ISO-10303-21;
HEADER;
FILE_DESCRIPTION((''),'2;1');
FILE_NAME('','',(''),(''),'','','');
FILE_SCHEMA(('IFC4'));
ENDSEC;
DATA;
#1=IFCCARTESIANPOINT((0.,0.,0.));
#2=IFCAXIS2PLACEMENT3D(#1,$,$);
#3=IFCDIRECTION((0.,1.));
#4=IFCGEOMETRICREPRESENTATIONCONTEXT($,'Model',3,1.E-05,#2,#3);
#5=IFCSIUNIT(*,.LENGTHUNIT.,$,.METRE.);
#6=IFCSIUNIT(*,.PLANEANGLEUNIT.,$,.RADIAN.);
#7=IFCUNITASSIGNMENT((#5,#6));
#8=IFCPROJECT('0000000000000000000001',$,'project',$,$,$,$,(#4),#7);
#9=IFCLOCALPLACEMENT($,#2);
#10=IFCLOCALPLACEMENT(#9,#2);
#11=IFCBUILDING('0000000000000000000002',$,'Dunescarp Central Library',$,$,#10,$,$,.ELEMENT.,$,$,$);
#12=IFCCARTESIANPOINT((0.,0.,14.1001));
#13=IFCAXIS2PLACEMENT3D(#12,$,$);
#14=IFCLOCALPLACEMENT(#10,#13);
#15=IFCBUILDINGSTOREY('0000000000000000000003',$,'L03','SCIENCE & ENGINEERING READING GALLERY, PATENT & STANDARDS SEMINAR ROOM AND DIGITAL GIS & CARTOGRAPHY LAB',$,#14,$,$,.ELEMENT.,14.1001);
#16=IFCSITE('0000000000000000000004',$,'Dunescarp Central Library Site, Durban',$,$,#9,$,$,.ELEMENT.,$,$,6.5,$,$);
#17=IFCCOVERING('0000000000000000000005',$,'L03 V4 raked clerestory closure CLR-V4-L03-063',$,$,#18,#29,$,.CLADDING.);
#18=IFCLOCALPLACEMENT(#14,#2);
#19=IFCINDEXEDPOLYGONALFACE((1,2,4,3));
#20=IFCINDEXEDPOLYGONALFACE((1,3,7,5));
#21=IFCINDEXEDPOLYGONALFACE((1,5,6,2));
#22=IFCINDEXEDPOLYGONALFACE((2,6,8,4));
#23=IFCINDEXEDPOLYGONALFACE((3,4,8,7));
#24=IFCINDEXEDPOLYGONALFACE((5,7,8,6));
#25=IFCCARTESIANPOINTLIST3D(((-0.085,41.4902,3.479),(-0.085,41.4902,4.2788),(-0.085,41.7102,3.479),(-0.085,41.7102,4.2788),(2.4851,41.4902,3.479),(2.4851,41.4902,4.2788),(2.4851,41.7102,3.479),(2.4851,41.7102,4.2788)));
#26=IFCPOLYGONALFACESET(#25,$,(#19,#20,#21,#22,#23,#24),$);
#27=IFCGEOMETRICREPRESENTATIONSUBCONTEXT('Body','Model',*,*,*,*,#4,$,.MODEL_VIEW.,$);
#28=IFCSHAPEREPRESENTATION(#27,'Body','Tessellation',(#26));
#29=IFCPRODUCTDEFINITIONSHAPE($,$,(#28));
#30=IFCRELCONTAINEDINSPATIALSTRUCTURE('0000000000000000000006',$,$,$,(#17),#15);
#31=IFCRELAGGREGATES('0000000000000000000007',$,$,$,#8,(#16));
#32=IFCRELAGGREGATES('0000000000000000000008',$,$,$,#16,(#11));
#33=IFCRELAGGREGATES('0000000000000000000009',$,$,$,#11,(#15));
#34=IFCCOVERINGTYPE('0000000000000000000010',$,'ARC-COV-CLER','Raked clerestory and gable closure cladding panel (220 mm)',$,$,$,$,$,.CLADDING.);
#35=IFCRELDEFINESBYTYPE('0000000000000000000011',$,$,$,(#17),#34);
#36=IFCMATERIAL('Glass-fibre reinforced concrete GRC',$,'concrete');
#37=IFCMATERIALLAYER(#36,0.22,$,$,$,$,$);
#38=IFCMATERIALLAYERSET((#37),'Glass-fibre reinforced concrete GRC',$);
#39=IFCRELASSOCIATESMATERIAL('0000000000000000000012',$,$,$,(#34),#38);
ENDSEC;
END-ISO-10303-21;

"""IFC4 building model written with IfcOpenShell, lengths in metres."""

from ifc_helpers import new_model, si_unit, direction, frame, origin, place, context, subcontext, project, spatial, polyline, outline, extrude, material, layer, layer_set, type_object, element, save


model = new_model("IFC4")

# Units and contexts
model_context = context("Model", 3, precision=1e-05, world=origin(), true_north=direction((0.0, 1.0)))
body_context = subcontext(model_context, "Body", "Model", "MODEL_VIEW")
ifc_project = project(units=[si_unit("LENGTHUNIT", "METRE"), si_unit("PLANEANGLEUNIT", "RADIAN")], contexts=[model_context])

# Site, building, storey
site_placement = place(None, origin())
site = spatial("IfcSite", under=ifc_project, at=site_placement, Name="Dunescarp Central Library Site, Durban", CompositionType="ELEMENT", RefElevation=6.5)
building_placement = place(site_placement, origin())
building = spatial("IfcBuilding", under=site, at=building_placement, Name="Dunescarp Central Library", CompositionType="ELEMENT")
storey_placement = place(building_placement, frame((0.0, 0.0, 14.1001)))
storey = spatial("IfcBuildingStorey", under=building, at=storey_placement, Name="L03", Description="SCIENCE & ENGINEERING READING GALLERY, PATENT & STANDARDS SEMINAR ROOM AND DIGITAL GIS & CARTOGRAPHY LAB", CompositionType="ELEMENT", Elevation=14.1001)

# Shared definitions
ifc_material_1 = material(Name="Glass-fibre reinforced concrete GRC", Category="concrete")

# Covering
ifc_layer_1 = layer(ifc_material_1, 0.22)
ifc_layer_set_1 = layer_set([ifc_layer_1], Name="Glass-fibre reinforced concrete GRC")
covering_type = type_object("IfcCoveringType", Name="ARC-COV-CLER", Description="Raked clerestory and gable closure cladding panel (220 mm)", PredefinedType="CLADDING", material=ifc_layer_set_1)
covering_placement = place(storey_placement, frame((2.4851, 41.6001, 3.479), z_axis=(0.0, 0.0, 1.0), x_axis=(-1.0, 0.0, 0.0)))
element("IfcCovering", 1, at=covering_placement, inside=storey, type_object=covering_type, Name="L03 V4 raked clerestory closure CLR-V4-L03-063", PredefinedType="CLADDING", context=body_context, shape_type="SweptSolid", body=[
    extrude(outline(polyline([(0.0, 0.0), (2.5701, 0.0), (2.5701, 0.7998), (0.0, 0.7998), (0.0, 0.0)])), frame((0.0, 0.1099, 0.0), z_axis=(0.0, -1.0, 0.0), x_axis=(1.0, 0.0, 0.0)), (0.0, 0.0, 1.0), 0.22),
])

save(model, "model.ifc")
